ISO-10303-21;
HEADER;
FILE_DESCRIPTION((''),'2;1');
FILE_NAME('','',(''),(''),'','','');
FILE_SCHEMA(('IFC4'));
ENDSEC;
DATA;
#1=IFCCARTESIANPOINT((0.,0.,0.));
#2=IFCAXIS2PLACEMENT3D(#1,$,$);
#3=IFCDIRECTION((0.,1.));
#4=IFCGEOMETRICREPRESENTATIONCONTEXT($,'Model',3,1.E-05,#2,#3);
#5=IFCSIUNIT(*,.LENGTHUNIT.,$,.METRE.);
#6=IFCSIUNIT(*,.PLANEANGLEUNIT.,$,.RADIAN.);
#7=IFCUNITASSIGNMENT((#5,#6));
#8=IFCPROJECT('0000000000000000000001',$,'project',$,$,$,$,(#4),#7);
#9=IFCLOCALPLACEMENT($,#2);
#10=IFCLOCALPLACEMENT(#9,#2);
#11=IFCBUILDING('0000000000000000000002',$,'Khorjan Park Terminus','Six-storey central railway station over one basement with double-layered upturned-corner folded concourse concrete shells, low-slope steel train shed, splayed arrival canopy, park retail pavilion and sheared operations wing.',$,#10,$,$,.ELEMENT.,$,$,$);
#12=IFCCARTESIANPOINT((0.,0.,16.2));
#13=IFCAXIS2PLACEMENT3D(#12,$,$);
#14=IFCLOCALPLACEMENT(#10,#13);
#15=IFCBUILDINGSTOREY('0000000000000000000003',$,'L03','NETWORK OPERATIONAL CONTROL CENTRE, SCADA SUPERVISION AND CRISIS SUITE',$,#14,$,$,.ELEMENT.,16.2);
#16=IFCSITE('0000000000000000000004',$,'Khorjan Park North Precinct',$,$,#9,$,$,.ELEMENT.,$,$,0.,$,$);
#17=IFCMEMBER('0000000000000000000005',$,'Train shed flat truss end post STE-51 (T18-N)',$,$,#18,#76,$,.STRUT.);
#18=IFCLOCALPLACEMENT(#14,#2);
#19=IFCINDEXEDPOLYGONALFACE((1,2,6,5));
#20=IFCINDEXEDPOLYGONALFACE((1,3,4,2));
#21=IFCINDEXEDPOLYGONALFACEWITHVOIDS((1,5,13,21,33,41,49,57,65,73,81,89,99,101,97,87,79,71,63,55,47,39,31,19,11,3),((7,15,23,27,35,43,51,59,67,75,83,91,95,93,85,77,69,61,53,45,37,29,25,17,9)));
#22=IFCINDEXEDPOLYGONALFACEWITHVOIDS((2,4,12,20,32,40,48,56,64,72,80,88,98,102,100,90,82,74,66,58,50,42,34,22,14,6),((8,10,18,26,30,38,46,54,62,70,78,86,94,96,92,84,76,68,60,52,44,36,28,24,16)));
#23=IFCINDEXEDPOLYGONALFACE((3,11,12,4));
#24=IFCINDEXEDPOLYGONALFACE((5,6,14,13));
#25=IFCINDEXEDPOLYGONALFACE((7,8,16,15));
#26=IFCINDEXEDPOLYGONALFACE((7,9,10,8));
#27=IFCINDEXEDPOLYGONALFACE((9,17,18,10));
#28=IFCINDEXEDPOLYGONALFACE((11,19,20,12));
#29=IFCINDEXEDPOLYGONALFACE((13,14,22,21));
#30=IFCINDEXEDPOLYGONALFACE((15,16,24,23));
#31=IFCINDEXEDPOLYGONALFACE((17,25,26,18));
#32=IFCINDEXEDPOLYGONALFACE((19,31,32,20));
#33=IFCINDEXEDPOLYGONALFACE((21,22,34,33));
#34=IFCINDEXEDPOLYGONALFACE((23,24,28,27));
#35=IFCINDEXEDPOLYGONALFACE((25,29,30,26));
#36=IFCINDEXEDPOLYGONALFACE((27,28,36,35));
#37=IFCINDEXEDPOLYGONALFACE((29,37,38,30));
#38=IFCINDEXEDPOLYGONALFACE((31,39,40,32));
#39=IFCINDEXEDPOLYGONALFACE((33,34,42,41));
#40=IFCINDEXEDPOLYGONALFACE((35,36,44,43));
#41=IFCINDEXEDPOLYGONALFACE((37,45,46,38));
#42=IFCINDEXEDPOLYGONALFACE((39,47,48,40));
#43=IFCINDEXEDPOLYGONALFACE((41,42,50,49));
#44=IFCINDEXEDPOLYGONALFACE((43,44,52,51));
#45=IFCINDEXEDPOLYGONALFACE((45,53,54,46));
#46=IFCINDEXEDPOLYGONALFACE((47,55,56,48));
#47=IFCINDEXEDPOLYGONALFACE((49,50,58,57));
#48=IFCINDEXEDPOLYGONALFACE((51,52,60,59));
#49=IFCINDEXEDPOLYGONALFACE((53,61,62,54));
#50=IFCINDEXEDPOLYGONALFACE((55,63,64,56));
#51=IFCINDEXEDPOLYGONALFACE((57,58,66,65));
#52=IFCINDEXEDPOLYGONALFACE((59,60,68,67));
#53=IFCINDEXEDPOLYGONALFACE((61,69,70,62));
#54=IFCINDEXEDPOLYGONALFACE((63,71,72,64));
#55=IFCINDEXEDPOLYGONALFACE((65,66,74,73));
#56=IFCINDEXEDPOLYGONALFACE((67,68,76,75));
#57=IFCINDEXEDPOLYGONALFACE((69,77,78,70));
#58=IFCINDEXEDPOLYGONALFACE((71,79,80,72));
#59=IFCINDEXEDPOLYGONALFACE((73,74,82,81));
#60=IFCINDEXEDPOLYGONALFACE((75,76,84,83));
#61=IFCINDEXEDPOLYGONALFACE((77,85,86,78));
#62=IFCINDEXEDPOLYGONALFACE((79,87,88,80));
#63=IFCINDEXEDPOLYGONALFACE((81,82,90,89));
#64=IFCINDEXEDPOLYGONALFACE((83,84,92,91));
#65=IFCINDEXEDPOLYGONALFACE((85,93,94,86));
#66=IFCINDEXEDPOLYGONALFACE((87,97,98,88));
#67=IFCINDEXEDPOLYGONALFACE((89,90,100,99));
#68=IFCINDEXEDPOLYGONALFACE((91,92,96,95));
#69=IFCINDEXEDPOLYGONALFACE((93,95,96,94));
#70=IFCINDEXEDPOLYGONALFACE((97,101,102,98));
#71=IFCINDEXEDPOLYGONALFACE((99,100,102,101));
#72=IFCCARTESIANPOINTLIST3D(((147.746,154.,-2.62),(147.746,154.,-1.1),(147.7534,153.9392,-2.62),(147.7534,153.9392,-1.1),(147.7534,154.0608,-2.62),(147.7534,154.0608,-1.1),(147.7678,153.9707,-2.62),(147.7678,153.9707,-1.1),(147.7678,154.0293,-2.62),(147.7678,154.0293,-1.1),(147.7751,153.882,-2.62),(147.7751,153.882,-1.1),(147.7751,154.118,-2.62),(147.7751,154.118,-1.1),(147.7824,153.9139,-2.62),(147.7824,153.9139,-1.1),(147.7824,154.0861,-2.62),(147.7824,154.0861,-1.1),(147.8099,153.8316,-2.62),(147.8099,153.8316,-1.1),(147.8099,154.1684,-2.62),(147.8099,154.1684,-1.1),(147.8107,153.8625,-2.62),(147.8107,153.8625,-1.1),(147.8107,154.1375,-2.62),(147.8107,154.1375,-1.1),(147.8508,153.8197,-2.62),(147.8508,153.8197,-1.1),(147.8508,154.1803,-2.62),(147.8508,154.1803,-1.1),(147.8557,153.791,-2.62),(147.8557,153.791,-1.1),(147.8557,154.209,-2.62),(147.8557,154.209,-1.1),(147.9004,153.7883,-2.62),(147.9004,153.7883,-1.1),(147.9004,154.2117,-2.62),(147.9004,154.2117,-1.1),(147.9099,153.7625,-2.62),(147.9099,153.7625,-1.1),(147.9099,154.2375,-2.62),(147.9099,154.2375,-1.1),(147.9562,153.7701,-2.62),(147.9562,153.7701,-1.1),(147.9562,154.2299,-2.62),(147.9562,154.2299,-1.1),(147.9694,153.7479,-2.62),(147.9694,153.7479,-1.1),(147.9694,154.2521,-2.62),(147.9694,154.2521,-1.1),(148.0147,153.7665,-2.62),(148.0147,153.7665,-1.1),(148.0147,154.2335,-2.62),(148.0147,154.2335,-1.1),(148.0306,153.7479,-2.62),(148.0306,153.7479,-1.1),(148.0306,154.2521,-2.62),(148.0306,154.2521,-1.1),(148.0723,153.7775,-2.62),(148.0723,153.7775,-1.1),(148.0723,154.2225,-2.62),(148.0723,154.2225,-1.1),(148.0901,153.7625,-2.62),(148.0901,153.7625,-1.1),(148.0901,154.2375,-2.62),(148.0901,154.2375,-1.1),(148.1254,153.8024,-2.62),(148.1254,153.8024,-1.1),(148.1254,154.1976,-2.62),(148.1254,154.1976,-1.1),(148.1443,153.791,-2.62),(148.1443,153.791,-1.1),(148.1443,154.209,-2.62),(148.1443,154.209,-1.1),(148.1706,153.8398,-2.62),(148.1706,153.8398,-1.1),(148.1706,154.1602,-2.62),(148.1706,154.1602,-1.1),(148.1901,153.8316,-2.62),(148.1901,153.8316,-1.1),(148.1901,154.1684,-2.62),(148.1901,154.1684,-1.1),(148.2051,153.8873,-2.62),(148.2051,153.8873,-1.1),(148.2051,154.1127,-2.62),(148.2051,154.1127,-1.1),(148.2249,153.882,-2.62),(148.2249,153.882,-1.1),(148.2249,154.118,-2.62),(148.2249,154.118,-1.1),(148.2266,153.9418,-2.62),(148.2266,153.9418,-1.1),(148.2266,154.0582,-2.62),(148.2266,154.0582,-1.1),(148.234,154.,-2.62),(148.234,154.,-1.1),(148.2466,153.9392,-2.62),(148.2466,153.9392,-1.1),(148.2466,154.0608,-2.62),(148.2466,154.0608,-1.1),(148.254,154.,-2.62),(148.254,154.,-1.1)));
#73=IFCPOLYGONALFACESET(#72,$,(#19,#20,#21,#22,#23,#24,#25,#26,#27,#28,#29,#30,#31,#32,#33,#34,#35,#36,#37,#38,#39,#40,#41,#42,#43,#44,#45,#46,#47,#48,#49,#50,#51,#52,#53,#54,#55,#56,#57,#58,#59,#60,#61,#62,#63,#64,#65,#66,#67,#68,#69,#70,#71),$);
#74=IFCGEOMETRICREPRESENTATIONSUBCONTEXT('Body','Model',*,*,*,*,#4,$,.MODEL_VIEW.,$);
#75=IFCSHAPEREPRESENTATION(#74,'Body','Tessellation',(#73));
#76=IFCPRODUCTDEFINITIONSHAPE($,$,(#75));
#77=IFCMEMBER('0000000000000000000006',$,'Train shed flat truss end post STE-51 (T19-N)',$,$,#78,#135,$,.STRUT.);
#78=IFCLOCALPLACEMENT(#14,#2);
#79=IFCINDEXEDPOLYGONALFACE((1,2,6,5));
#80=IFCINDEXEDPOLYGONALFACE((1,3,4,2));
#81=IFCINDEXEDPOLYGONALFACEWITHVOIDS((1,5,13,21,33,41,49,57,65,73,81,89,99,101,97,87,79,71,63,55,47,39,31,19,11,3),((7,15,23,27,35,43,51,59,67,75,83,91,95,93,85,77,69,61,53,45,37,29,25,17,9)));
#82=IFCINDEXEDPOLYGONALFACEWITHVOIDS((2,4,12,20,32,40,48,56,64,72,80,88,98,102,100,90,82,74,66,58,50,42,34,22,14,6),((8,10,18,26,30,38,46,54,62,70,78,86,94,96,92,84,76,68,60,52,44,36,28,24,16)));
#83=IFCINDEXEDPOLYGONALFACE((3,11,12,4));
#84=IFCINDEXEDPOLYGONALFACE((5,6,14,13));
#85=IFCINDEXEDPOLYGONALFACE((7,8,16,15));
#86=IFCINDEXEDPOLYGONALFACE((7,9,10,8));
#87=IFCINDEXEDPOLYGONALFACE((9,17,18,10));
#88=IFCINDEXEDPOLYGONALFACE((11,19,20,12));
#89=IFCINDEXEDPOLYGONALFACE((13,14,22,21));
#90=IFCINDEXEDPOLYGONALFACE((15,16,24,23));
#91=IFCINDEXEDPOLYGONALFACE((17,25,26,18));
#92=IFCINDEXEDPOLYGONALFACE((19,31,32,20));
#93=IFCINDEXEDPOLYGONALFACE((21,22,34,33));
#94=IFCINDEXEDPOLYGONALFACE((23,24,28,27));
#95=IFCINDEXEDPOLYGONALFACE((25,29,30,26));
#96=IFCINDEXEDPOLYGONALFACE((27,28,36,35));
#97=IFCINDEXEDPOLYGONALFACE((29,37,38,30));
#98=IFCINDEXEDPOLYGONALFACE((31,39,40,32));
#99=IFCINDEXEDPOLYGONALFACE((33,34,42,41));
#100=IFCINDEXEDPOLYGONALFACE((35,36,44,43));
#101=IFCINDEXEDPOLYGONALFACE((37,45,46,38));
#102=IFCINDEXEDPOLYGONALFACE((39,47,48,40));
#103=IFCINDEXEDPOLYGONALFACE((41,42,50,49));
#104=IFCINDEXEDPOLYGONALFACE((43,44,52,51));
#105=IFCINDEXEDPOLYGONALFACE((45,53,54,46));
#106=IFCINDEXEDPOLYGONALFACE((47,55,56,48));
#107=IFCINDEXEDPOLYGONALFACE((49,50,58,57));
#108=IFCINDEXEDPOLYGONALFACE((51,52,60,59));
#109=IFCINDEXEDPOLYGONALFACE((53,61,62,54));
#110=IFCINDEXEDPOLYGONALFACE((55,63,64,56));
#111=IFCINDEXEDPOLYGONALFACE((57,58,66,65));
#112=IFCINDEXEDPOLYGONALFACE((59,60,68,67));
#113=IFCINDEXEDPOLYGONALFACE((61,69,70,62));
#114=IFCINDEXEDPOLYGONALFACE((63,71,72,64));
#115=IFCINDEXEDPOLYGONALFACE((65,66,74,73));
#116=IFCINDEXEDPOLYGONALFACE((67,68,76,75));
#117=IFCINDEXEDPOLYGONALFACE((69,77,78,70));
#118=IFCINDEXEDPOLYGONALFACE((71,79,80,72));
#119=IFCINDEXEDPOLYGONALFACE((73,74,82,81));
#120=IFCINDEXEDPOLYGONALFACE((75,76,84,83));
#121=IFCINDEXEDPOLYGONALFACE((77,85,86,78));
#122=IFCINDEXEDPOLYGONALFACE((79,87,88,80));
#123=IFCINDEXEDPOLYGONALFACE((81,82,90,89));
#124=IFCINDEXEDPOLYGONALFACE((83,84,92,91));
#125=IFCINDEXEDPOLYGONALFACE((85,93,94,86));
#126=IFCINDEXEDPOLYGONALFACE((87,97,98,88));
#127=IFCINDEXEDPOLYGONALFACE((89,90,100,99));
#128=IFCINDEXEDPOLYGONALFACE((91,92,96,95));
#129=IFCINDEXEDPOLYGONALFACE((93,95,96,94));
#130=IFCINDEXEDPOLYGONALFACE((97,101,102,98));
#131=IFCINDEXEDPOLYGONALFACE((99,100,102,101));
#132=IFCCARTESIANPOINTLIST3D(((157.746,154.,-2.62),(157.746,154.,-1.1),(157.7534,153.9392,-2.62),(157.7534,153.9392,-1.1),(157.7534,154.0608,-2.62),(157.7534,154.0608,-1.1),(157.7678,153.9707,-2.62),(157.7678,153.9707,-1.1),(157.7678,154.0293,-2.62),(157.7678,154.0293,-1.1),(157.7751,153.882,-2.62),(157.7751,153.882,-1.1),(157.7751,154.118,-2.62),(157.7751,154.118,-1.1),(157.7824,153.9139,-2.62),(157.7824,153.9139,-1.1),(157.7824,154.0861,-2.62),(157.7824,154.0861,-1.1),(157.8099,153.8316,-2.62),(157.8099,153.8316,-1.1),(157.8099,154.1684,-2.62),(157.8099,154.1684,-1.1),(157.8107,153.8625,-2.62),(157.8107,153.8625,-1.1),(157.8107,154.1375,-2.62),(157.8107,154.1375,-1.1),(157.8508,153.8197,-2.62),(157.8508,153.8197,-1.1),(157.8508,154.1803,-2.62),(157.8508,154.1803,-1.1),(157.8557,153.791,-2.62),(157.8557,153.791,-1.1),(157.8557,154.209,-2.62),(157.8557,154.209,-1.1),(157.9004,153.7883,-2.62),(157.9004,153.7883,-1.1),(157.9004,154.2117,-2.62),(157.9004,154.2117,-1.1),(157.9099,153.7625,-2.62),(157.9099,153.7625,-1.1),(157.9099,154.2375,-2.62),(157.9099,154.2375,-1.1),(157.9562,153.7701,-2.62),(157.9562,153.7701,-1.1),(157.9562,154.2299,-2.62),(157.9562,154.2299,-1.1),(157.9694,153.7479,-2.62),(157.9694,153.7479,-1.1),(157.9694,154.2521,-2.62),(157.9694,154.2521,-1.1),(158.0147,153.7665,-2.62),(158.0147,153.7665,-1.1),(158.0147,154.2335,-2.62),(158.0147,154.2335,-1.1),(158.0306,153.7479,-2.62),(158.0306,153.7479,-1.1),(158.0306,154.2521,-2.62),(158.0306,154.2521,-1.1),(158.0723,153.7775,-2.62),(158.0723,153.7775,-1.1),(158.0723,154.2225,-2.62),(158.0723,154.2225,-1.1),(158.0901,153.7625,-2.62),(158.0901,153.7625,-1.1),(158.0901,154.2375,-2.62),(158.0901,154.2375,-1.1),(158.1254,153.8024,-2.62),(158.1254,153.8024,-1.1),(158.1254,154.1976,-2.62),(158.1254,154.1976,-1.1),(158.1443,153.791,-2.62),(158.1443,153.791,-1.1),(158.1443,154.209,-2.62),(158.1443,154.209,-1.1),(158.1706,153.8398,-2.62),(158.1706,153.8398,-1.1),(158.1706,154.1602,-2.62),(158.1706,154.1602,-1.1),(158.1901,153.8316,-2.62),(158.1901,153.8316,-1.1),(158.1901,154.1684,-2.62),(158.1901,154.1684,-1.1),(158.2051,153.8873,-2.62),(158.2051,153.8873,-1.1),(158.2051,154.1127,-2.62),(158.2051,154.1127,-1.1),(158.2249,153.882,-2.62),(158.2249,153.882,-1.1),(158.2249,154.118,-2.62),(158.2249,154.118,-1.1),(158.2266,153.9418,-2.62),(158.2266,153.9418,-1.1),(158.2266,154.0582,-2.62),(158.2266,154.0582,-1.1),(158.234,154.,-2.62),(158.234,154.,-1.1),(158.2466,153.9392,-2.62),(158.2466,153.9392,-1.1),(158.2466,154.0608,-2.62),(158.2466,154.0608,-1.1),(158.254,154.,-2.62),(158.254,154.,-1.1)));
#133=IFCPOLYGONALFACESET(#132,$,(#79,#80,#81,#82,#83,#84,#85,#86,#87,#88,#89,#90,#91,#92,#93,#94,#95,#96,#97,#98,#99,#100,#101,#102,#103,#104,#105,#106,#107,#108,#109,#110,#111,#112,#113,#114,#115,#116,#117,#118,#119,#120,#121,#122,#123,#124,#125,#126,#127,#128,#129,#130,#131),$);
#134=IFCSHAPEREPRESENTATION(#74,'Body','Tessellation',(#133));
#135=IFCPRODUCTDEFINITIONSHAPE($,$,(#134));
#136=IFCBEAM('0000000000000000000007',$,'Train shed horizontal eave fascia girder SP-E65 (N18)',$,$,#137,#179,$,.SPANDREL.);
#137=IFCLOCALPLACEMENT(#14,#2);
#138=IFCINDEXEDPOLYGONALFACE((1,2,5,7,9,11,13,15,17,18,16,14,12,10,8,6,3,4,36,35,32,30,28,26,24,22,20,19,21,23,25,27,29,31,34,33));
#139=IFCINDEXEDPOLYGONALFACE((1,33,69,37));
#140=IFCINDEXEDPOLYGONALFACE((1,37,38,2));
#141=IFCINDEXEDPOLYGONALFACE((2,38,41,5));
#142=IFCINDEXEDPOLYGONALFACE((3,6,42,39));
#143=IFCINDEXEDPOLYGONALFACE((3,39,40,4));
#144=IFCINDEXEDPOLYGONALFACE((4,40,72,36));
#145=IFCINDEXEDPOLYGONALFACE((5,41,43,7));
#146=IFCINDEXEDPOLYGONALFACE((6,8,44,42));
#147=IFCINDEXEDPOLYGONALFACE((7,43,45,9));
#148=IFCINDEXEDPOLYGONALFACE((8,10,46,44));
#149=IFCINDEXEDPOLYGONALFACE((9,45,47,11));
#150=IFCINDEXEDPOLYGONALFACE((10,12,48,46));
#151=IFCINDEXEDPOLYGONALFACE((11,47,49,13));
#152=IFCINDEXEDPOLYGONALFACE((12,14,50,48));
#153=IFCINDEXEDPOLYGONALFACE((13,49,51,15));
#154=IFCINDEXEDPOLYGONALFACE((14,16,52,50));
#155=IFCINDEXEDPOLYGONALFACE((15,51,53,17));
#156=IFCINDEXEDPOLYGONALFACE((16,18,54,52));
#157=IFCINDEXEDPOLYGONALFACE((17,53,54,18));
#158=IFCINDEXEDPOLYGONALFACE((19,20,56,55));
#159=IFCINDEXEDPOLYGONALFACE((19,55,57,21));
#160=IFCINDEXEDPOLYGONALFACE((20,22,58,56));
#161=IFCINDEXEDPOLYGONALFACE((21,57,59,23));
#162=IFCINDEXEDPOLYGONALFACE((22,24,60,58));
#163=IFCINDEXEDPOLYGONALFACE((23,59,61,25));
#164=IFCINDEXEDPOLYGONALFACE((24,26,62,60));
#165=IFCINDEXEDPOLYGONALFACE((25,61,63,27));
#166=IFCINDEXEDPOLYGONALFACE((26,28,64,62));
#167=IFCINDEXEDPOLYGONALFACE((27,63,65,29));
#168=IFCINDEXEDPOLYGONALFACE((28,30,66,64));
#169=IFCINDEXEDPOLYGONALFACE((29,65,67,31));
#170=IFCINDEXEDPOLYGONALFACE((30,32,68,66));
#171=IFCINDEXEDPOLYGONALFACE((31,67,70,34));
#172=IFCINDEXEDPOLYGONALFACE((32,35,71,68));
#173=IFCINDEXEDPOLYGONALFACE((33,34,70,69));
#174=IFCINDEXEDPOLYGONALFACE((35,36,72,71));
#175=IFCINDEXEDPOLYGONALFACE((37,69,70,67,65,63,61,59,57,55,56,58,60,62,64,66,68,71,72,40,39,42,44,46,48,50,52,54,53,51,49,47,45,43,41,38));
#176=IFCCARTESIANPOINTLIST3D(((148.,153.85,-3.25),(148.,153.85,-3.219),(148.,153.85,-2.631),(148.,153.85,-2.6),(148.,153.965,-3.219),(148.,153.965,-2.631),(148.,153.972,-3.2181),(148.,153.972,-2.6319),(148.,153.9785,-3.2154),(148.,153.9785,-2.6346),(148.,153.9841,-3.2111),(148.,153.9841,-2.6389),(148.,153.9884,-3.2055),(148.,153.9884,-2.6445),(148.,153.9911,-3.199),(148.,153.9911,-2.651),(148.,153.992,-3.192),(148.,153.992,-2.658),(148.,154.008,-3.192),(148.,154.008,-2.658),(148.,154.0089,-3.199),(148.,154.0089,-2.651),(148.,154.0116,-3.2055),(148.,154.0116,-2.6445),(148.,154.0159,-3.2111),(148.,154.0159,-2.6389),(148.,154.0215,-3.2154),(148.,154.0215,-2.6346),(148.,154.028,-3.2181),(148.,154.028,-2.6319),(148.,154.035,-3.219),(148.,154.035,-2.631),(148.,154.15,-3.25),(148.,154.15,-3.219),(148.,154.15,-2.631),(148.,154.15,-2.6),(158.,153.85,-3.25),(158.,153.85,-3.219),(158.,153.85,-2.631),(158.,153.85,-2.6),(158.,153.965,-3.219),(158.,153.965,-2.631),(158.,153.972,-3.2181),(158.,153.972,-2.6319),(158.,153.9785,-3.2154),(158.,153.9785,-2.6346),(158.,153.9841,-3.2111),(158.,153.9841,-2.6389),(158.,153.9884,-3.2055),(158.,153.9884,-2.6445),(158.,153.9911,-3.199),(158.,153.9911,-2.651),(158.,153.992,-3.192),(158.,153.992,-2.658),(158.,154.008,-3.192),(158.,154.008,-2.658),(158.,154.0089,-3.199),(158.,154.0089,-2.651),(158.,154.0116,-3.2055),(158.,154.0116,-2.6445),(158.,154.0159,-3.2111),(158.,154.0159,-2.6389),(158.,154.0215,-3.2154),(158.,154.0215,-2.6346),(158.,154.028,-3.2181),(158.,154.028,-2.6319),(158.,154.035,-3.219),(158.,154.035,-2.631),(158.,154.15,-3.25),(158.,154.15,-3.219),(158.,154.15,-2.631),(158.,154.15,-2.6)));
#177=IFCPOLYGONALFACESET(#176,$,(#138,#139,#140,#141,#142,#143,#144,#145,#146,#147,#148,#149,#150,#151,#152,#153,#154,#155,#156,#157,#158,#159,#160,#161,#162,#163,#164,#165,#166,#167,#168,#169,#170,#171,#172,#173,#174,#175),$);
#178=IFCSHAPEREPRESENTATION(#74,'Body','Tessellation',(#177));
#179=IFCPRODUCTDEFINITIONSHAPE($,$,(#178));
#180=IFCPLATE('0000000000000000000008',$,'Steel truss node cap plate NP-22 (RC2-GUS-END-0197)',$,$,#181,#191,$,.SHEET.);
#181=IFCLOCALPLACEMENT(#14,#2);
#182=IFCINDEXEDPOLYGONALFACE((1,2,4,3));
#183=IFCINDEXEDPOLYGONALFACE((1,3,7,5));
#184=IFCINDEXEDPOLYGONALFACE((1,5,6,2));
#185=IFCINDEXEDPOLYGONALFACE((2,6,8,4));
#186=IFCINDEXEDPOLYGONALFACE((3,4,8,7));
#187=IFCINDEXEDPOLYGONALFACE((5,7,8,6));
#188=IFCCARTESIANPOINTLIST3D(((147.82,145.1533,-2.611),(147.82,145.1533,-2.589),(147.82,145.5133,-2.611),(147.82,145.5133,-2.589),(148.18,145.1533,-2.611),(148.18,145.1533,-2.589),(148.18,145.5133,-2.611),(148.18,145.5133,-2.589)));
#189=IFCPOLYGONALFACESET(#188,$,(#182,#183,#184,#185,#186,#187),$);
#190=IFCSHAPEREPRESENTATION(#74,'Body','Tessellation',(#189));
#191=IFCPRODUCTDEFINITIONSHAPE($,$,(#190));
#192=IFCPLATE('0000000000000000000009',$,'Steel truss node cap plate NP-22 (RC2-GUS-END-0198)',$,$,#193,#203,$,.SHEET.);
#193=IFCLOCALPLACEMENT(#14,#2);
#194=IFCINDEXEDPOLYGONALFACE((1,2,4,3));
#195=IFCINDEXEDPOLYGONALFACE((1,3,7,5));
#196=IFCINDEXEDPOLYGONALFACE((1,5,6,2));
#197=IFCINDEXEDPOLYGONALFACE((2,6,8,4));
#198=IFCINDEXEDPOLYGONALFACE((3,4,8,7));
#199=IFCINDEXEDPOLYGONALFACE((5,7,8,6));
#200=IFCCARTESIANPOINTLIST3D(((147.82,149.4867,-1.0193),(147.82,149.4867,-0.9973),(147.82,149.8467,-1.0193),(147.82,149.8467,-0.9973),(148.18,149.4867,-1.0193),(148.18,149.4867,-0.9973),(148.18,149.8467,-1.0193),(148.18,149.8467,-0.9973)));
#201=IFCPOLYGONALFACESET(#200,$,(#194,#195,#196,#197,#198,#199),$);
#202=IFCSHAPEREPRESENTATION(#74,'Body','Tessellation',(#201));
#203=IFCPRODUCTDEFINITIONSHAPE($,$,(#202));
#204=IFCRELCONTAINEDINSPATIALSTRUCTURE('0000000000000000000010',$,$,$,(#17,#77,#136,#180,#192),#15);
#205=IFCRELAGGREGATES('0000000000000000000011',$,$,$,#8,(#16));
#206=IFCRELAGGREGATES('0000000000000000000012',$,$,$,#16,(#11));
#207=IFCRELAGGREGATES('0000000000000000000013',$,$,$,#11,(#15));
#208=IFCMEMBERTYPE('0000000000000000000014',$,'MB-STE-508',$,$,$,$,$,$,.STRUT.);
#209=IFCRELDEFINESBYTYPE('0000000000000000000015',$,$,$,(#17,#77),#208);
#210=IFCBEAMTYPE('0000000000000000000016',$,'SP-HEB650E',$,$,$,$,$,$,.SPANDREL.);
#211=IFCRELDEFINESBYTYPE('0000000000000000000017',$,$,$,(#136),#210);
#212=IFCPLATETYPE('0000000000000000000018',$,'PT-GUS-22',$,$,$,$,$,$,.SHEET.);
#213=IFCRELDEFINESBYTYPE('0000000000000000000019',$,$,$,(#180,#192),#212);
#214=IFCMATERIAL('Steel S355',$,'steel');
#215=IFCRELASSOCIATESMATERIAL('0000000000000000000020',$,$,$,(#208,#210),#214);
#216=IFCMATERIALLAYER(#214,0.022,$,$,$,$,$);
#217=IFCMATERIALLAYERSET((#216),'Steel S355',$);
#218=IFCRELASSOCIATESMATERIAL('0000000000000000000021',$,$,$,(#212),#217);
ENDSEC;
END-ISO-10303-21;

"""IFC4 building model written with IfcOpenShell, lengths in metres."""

from ifc_helpers import new_model, si_unit, direction, frame, origin, origin_2d, place, context, subcontext, project, spatial, rectangle, hollow_circle, i_section, extrude, material, layer, layer_set, material_profile, profile_set, type_object, element, save


model = new_model("IFC4")

# Units and contexts
model_context = context("Model", 3, precision=1e-05, world=origin(), true_north=direction((0.0, 1.0)))
body_context = subcontext(model_context, "Body", "Model", "MODEL_VIEW")
ifc_project = project(units=[si_unit("LENGTHUNIT", "METRE"), si_unit("PLANEANGLEUNIT", "RADIAN")], contexts=[model_context])

# Site, building, storey
site_placement = place(None, origin())
site = spatial("IfcSite", under=ifc_project, at=site_placement, Name="Khorjan Park North Precinct", CompositionType="ELEMENT", RefElevation=0.0)
building_placement = place(site_placement, origin())
building = spatial("IfcBuilding", under=site, at=building_placement, Name="Khorjan Park Terminus", Description="Six-storey central railway station over one basement with double-layered upturned-corner folded concourse concrete shells, low-slope steel train shed, splayed arrival canopy, park retail pavilion and sheared operations wing.", CompositionType="ELEMENT")
storey_placement = place(building_placement, frame((0.0, 0.0, 16.2)))
storey = spatial("IfcBuildingStorey", under=building, at=storey_placement, Name="L03", Description="NETWORK OPERATIONAL CONTROL CENTRE, SCADA SUPERVISION AND CRISIS SUITE", CompositionType="ELEMENT", Elevation=16.2)

# Members
ifc_material = material(Name="Steel S355", Category="steel")
ifc_material_profile_1 = material_profile(ifc_material, hollow_circle(Radius=0.254, WallThickness=0.02, at=origin_2d()), Name="CHS 508x20")
ifc_profile_set_1 = profile_set([ifc_material_profile_1], Name="Steel S355")
member_type_1 = type_object("IfcMemberType", Name="MB-STE-508", PredefinedType="STRUT", material=ifc_profile_set_1)
for number, where, z_axis, x_axis, name in (
    (1, (148.0, 154.0, -2.62), (0.0, 0.0, 1.0), (1.0, 0.0, 0.0), "Train shed flat truss end post STE-51 (T18-N)"),
    (2, (158.0, 154.0, -2.62), (0.0, 0.0, 1.0), (1.0, 0.0, 0.0), "Train shed flat truss end post STE-51 (T19-N)"),
):
    element("IfcMember", number, at=place(storey_placement, frame(where, z_axis=z_axis, x_axis=x_axis)), inside=storey, type_object=member_type_1, Name=name, PredefinedType="STRUT", context=body_context, shape_type="SweptSolid", body=[
        extrude(hollow_circle(Radius=0.254, WallThickness=0.02, at=origin_2d()), origin(), (0.0, 0.0, 1.0), 1.52),
    ])

# Beam
ifc_material_profile_2 = material_profile(ifc_material, i_section(OverallWidth=0.3, OverallDepth=0.65, WebThickness=0.016, FlangeThickness=0.031, FilletRadius=0.027, at=origin_2d()), Name="HEB 650")
ifc_profile_set_2 = profile_set([ifc_material_profile_2], Name="Steel S355")
beam_type = type_object("IfcBeamType", Name="SP-HEB650E", PredefinedType="SPANDREL", material=ifc_profile_set_2)
beam_placement = place(storey_placement, frame((148.0, 154.0, -2.925), z_axis=(1.0, 0.0, 0.0), x_axis=(0.0, 1.0, 0.0)))
element("IfcBeam", 3, at=beam_placement, inside=storey, type_object=beam_type, Name="Train shed horizontal eave fascia girder SP-E65 (N18)", PredefinedType="SPANDREL", context=body_context, shape_type="SweptSolid", body=[
    extrude(i_section(OverallWidth=0.3, OverallDepth=0.65, WebThickness=0.016, FlangeThickness=0.031, FilletRadius=0.027, at=origin_2d()), origin(), (0.0, 0.0, 1.0), 10.0),
])

# Plates
ifc_layer_1 = layer(ifc_material, 0.022)
ifc_layer_set_1 = layer_set([ifc_layer_1], Name="Steel S355")
plate_type_1 = type_object("IfcPlateType", Name="PT-GUS-22", PredefinedType="SHEET", material=ifc_layer_set_1)
for number, where, z_axis, x_axis, name in (
    (4, (148.0, 145.3333, -2.611), (0.0, 0.0, 1.0), (1.0, 0.0, 0.0), "Steel truss node cap plate NP-22 (RC2-GUS-END-0197)"),
    (5, (148.0, 149.6667, -1.0193), (0.0, 0.0, 1.0), (1.0, 0.0, 0.0), "Steel truss node cap plate NP-22 (RC2-GUS-END-0198)"),
):
    element("IfcPlate", number, at=place(storey_placement, frame(where, z_axis=z_axis, x_axis=x_axis)), inside=storey, type_object=plate_type_1, Name=name, PredefinedType="SHEET", context=body_context, shape_type="SweptSolid", body=[
        extrude(rectangle(XDim=0.36, YDim=0.36, at=origin_2d()), origin(), (0.0, 0.0, 1.0), 0.022),
    ])

save(model, "model.ifc")
